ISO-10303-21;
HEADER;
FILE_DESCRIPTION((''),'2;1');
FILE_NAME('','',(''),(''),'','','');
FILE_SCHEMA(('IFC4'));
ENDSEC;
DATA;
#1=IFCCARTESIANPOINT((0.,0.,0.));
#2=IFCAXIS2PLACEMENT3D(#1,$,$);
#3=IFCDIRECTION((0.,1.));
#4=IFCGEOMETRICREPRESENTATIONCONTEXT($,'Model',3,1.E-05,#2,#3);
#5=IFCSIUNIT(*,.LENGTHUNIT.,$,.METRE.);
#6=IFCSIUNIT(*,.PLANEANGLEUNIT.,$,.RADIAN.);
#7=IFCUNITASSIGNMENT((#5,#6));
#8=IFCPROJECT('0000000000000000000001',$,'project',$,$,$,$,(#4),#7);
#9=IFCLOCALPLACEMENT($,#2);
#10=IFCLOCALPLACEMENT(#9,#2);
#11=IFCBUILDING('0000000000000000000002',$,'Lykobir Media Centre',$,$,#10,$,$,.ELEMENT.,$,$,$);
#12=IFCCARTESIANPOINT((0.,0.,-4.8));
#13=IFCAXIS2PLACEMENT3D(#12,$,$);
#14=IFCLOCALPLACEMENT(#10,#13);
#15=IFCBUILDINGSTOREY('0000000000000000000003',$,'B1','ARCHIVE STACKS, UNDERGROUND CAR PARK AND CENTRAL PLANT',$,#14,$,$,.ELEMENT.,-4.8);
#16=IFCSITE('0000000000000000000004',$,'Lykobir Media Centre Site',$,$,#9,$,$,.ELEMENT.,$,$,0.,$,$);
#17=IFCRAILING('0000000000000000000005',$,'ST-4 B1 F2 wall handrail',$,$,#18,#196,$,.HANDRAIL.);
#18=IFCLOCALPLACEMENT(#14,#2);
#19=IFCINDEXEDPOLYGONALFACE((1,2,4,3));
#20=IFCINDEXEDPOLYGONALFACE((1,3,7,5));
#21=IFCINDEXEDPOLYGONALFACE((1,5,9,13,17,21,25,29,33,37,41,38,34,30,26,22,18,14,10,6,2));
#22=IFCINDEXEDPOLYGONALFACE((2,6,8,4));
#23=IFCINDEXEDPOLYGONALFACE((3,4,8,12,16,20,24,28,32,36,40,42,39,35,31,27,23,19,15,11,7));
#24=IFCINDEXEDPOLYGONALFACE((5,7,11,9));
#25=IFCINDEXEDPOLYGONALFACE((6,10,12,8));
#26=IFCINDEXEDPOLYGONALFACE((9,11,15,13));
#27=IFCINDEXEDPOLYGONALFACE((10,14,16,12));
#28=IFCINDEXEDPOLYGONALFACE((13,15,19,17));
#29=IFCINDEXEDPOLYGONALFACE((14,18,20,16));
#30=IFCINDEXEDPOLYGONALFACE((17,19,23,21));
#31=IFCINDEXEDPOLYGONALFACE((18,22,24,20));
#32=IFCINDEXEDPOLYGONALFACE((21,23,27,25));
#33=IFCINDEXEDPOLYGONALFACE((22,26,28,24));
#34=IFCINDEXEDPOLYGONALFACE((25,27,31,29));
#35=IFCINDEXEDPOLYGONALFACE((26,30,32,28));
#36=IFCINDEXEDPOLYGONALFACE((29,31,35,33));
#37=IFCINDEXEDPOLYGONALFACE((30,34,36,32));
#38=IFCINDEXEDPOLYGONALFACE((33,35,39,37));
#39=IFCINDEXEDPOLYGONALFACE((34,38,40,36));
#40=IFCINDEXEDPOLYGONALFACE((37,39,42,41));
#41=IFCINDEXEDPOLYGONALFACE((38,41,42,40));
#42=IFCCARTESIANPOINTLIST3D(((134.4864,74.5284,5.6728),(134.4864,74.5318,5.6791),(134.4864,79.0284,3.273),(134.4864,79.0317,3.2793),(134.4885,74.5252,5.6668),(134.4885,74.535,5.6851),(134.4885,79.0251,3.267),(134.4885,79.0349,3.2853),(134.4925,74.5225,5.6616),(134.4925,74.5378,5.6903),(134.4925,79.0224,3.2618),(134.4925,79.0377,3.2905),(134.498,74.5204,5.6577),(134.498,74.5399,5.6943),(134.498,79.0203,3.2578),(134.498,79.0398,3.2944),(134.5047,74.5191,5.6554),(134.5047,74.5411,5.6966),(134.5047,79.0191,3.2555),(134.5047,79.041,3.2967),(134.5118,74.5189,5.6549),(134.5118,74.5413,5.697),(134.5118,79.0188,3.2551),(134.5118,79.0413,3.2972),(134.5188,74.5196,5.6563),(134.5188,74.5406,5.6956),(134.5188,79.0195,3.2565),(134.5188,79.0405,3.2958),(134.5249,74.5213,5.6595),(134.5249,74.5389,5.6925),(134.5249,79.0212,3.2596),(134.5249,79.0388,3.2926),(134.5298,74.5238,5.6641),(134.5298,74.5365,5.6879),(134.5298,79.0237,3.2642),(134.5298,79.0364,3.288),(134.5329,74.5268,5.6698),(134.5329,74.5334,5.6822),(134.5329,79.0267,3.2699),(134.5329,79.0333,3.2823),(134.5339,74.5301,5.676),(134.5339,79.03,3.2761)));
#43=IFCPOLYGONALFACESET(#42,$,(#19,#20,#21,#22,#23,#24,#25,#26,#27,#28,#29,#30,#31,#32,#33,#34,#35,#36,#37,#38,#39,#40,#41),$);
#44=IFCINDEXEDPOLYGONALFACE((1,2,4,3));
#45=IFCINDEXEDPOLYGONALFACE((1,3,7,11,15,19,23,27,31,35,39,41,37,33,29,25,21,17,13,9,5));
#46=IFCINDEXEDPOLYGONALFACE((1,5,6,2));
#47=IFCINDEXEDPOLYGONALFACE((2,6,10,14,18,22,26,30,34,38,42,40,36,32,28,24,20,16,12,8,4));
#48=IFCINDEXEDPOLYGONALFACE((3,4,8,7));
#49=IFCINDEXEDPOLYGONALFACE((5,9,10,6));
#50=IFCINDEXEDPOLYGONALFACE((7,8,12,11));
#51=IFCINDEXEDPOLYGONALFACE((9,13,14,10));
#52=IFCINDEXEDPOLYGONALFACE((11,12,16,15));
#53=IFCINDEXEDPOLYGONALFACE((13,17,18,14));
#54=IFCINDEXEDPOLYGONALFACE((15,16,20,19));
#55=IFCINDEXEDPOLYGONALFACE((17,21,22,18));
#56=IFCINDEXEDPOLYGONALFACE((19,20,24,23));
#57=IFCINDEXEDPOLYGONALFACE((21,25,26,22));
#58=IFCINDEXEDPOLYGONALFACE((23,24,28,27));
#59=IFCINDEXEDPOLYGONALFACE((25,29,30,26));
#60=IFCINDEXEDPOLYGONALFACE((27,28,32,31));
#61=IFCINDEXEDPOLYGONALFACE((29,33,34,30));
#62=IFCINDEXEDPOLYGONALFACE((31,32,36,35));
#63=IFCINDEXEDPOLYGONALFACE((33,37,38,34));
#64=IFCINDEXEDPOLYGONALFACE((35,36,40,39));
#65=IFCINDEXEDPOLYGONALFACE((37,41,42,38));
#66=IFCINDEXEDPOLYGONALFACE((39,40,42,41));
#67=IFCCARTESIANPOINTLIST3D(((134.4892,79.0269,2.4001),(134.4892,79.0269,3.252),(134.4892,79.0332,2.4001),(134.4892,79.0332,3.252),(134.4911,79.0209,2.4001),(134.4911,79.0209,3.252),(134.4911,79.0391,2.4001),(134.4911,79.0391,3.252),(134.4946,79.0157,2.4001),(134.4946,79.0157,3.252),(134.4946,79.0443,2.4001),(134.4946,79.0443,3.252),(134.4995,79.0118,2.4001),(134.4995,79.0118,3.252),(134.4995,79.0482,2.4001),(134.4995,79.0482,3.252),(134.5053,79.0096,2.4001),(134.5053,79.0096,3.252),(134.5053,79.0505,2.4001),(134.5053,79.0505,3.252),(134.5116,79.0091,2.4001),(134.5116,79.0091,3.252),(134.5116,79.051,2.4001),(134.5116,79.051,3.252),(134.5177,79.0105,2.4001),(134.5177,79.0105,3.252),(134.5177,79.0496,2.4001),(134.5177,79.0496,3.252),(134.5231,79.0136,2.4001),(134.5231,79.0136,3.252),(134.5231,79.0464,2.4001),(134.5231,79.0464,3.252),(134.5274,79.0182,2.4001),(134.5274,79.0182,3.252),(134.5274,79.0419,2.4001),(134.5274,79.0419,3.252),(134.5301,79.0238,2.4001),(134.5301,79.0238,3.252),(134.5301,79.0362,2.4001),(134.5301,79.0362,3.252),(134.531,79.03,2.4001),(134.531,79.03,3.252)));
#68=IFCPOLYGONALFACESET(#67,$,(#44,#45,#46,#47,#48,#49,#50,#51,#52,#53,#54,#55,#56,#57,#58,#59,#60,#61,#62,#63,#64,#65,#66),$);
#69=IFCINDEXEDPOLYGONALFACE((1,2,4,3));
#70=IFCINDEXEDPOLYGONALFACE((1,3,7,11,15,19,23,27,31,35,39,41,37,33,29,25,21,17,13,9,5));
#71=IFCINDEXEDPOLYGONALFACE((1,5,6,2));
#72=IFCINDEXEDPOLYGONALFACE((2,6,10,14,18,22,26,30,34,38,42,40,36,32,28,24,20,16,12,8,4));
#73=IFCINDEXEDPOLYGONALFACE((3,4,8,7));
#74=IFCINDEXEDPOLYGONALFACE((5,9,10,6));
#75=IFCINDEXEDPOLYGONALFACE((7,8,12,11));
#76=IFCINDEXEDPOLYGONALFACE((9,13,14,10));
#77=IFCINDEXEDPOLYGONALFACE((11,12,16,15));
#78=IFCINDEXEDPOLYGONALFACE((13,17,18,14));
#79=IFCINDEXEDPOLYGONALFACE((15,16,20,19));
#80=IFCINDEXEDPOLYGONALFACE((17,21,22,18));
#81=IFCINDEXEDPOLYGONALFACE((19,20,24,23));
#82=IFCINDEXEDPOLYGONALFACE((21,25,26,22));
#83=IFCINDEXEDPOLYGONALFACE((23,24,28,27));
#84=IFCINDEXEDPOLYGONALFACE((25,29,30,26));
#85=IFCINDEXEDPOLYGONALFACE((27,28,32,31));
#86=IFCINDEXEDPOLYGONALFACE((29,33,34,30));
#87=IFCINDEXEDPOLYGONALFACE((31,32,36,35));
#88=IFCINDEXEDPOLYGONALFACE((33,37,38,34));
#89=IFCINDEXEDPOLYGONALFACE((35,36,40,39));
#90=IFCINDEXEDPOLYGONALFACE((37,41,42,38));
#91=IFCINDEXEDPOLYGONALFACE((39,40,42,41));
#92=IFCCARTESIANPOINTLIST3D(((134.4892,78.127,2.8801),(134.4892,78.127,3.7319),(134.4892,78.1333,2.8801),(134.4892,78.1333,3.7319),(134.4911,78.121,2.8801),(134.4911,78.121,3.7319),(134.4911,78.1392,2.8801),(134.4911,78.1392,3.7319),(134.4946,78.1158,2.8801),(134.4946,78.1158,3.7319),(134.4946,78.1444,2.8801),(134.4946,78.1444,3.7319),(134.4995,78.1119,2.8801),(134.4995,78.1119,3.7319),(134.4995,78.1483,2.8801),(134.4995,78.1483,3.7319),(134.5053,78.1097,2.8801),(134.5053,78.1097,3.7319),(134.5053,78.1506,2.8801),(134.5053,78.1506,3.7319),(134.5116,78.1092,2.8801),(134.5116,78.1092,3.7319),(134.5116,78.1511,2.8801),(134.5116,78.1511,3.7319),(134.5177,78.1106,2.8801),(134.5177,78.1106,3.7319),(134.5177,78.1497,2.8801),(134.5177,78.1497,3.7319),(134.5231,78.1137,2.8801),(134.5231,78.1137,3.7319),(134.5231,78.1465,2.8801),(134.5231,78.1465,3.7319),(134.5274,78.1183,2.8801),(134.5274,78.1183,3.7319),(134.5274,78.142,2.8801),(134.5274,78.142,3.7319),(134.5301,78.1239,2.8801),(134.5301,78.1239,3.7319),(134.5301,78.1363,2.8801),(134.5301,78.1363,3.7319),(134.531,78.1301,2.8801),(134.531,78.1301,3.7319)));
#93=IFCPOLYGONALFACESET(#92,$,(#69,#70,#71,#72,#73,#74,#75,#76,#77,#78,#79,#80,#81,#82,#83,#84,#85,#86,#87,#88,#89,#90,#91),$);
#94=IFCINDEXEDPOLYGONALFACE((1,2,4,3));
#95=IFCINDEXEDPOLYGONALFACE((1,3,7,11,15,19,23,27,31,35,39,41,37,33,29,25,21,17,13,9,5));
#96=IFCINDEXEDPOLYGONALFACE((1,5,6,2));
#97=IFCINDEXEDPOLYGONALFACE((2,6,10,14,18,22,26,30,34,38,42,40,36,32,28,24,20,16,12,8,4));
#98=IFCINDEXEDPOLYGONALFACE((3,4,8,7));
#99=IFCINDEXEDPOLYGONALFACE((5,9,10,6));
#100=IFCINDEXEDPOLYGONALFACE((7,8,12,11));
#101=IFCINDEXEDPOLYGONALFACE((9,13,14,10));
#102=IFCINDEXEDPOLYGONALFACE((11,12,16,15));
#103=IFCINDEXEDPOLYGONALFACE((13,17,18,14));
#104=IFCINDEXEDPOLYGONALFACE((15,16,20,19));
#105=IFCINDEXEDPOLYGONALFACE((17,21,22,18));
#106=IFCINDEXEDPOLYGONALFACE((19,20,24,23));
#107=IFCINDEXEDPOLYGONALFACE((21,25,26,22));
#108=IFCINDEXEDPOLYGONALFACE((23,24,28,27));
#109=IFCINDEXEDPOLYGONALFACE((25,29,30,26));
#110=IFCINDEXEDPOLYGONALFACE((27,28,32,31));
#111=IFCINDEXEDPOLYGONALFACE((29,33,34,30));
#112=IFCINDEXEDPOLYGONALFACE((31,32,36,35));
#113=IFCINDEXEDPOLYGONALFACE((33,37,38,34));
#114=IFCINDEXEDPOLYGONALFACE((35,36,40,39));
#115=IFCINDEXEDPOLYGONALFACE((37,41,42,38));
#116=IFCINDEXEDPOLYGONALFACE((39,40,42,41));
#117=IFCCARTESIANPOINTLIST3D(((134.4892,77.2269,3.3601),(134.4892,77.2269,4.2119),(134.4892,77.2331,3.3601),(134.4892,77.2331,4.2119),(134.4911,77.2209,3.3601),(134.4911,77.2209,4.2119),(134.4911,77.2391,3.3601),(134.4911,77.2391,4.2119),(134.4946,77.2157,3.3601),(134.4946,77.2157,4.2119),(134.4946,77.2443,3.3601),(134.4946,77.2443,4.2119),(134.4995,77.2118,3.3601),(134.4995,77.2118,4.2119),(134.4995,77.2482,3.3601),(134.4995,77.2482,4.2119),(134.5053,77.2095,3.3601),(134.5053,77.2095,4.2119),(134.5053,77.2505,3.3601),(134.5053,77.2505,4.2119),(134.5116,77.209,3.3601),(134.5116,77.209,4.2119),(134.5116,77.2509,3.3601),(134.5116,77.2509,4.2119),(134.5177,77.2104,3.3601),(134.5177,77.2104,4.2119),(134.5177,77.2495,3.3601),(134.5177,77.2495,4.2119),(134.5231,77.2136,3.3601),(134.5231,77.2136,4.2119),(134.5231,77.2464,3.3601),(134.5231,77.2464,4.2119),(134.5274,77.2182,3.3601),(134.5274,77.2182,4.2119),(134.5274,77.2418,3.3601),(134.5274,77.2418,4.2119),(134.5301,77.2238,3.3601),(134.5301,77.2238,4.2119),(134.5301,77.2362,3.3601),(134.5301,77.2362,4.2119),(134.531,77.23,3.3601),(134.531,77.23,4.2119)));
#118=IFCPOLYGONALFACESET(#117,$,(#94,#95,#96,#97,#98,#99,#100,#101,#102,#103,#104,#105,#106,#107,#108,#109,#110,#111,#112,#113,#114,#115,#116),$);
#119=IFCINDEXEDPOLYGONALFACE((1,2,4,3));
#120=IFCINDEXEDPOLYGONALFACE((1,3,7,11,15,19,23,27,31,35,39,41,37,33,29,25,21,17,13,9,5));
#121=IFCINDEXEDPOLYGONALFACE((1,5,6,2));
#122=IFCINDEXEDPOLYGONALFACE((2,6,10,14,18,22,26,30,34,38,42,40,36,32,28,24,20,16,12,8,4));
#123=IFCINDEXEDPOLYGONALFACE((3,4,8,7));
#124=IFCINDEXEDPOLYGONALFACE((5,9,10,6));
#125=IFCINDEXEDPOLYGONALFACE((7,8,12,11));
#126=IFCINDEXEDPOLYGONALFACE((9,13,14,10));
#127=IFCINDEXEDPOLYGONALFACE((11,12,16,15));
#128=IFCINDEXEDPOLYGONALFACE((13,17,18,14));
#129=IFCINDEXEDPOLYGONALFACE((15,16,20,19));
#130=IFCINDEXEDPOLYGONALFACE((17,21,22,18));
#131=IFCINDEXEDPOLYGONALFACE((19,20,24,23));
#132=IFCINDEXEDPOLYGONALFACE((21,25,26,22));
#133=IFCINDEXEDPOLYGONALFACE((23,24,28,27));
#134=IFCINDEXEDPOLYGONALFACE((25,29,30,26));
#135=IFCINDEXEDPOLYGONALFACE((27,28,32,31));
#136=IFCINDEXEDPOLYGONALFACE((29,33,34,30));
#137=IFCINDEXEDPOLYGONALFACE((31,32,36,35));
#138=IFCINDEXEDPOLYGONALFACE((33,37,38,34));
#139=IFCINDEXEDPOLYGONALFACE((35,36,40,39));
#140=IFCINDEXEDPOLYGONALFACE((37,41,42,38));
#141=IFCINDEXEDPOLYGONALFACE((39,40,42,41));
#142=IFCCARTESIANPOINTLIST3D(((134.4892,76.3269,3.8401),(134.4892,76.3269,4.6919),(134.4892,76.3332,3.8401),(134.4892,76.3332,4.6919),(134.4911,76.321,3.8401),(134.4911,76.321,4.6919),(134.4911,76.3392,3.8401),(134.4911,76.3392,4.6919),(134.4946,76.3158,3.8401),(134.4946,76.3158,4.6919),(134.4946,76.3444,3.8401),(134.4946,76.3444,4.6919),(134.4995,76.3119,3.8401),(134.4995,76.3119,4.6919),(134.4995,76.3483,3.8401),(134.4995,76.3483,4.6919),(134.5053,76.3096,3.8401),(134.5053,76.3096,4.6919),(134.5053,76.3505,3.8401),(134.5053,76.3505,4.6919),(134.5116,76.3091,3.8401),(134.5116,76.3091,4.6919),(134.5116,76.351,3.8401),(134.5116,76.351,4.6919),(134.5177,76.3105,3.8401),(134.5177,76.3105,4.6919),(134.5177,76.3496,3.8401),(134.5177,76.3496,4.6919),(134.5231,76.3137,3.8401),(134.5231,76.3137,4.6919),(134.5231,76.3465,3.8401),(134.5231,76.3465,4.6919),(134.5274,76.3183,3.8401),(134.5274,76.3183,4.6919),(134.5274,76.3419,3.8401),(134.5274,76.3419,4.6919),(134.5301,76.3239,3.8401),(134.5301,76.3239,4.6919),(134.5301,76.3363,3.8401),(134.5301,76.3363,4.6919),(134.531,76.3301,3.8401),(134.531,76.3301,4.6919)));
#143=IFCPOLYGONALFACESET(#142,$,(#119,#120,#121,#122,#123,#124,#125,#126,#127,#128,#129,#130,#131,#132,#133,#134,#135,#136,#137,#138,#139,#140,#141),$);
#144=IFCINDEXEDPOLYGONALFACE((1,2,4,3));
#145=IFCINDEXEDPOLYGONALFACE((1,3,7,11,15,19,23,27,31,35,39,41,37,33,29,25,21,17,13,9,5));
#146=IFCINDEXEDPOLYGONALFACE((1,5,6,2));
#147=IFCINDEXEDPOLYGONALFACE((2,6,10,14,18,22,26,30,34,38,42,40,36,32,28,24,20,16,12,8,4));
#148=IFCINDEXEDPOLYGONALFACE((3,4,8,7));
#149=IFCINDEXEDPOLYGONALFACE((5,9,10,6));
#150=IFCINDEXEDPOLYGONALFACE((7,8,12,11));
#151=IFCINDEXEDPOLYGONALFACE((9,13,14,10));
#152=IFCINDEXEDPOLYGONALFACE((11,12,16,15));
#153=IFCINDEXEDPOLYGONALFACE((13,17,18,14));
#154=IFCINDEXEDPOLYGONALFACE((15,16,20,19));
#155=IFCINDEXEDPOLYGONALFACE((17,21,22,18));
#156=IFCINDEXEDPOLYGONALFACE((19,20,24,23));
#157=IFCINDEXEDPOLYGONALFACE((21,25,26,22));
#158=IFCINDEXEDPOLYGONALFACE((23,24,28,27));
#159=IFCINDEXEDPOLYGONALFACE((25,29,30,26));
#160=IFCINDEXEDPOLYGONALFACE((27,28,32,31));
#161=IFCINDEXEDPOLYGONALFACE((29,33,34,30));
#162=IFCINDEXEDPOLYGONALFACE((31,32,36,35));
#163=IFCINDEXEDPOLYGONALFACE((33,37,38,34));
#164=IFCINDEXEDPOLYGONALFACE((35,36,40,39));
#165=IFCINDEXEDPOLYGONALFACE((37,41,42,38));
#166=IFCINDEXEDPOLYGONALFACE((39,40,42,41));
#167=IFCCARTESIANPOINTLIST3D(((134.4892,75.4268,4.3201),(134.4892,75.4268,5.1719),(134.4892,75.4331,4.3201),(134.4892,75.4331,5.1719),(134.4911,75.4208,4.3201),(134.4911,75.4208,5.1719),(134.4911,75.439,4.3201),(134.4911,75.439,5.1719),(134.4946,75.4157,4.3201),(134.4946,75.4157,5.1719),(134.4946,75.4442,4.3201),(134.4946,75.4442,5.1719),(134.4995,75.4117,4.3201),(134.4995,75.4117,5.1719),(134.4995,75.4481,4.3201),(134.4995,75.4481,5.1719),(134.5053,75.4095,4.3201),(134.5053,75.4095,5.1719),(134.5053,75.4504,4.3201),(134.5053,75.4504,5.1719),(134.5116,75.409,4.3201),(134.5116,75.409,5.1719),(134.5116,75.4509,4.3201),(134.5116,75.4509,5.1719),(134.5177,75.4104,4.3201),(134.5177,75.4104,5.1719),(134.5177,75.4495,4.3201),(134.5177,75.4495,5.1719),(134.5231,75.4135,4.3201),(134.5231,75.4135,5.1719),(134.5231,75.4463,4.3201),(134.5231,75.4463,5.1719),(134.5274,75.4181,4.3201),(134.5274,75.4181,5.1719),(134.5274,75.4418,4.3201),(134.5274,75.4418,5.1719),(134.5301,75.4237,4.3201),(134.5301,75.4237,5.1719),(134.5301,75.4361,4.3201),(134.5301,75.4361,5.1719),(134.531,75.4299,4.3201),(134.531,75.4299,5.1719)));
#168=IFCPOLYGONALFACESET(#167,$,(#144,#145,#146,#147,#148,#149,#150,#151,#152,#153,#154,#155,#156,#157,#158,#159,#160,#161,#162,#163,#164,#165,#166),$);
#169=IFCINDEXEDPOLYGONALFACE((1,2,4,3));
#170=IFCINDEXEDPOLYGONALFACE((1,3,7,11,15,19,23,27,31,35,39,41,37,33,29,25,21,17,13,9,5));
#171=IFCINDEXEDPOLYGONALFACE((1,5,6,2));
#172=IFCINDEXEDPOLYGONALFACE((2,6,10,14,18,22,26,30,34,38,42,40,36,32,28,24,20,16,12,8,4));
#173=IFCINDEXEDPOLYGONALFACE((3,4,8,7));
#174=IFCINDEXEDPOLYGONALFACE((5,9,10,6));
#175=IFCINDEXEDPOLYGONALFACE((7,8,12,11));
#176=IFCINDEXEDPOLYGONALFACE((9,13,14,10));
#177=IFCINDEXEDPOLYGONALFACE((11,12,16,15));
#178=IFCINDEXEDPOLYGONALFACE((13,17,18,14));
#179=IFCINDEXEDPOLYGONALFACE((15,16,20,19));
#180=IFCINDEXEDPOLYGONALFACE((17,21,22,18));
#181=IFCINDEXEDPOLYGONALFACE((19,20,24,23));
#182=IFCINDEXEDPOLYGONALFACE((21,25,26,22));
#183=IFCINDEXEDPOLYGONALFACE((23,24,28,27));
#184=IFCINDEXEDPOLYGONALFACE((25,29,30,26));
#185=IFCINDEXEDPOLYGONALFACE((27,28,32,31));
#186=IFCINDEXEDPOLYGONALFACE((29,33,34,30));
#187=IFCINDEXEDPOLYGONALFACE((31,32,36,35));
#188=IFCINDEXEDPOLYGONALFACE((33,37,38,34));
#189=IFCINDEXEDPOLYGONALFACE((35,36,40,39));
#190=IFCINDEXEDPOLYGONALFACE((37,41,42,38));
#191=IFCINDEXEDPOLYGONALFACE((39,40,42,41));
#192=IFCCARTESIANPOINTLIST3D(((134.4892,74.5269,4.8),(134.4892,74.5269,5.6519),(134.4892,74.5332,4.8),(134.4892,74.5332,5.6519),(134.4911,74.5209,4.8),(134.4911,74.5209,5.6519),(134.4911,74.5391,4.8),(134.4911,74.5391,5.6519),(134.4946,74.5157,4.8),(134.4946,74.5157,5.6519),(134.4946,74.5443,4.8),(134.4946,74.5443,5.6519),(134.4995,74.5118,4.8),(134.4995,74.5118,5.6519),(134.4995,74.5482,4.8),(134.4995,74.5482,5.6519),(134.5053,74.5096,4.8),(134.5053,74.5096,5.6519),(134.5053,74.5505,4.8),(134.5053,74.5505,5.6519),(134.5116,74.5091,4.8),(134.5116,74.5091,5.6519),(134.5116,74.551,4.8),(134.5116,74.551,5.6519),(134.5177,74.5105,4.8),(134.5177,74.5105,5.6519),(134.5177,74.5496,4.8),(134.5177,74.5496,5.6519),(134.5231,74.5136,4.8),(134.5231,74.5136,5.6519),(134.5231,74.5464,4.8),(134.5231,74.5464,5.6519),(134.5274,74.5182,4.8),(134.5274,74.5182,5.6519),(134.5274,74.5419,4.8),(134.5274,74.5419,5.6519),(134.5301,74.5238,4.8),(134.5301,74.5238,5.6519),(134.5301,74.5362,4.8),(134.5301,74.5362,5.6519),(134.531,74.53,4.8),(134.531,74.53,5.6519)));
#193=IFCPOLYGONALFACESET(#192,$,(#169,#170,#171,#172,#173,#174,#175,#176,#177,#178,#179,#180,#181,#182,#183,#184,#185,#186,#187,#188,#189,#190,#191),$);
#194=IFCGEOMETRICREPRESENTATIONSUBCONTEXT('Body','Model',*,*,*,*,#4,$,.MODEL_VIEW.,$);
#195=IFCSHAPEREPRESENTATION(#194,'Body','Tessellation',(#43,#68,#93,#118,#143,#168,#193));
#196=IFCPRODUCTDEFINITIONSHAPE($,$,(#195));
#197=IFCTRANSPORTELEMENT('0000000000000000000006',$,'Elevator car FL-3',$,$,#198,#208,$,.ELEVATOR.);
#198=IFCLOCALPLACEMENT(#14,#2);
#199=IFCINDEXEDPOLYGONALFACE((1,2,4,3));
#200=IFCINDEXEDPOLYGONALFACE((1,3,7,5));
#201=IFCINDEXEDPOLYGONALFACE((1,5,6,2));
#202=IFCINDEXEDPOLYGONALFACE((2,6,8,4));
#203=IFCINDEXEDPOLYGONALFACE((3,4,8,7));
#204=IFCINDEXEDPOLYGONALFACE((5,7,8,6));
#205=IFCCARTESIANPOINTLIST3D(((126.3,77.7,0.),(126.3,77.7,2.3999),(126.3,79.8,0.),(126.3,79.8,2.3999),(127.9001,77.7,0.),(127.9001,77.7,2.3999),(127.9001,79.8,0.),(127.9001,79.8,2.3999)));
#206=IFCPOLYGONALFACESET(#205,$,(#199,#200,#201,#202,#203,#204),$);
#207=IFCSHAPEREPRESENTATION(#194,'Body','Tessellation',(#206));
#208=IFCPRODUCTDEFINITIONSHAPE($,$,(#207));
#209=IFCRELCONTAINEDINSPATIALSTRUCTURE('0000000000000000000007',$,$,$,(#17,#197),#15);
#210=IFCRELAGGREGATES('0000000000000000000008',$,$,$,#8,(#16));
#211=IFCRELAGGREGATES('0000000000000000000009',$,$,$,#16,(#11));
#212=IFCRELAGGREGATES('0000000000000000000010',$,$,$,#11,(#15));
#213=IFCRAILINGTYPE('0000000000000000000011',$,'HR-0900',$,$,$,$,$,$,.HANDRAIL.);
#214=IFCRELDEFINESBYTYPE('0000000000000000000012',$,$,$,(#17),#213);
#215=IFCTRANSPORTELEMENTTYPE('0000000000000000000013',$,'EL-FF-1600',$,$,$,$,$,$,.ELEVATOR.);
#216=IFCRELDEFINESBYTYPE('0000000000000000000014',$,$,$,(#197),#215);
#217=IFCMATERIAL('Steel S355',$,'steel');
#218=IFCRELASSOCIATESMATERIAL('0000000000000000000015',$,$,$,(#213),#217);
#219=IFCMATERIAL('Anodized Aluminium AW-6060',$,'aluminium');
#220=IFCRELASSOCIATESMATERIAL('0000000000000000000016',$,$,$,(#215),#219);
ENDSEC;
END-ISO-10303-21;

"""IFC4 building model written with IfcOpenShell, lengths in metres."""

from ifc_helpers import new_model, si_unit, direction, frame, origin, origin_2d, place, context, subcontext, project, spatial, rectangle, circle, extrude, material, type_object, element, save


model = new_model("IFC4")

# Units and contexts
model_context = context("Model", 3, precision=1e-05, world=origin(), true_north=direction((0.0, 1.0)))
body_context = subcontext(model_context, "Body", "Model", "MODEL_VIEW")
ifc_project = project(units=[si_unit("LENGTHUNIT", "METRE"), si_unit("PLANEANGLEUNIT", "RADIAN")], contexts=[model_context])

# Site, building, storey
site_placement = place(None, origin())
site = spatial("IfcSite", under=ifc_project, at=site_placement, Name="Lykobir Media Centre Site", CompositionType="ELEMENT", RefElevation=0.0)
building_placement = place(site_placement, origin())
building = spatial("IfcBuilding", under=site, at=building_placement, Name="Lykobir Media Centre", CompositionType="ELEMENT")
storey_placement = place(building_placement, frame((0.0, 0.0, -4.8)))
storey = spatial("IfcBuildingStorey", under=building, at=storey_placement, Name="B1", Description="ARCHIVE STACKS, UNDERGROUND CAR PARK AND CENTRAL PLANT", CompositionType="ELEMENT", Elevation=-4.8)

# Shared definitions
ifc_material_1 = material(Name="Steel S355", Category="steel")

# Railing
railing_type_1 = type_object("IfcRailingType", Name="HR-0900", PredefinedType="HANDRAIL", material=ifc_material_1)
railing_1_placement = place(storey_placement, frame((134.51, 79.03, 2.4001)))
element("IfcRailing", 1, at=railing_1_placement, inside=storey, type_object=railing_type_1, Name="ST-4 B1 F2 wall handrail", PredefinedType="HANDRAIL", context=body_context, shape_type="SweptSolid", body=[
    extrude(circle(Radius=0.0239, at=origin_2d()), frame((0.0, 0.0, 0.876), z_axis=(0.0, -0.882361, 0.470573), x_axis=(1.0, 0.0, 0.0)), (0.0, 0.0, 1.0), 5.0999),
    extrude(circle(Radius=0.021, at=origin_2d()), origin(), (0.0, 0.0, 1.0), 0.8518),
    extrude(circle(Radius=0.021, at=origin_2d()), frame((0.0, -0.8999, 0.48)), (0.0, 0.0, 1.0), 0.8518),
    extrude(circle(Radius=0.021, at=origin_2d()), frame((0.0, -1.8, 0.96)), (0.0, 0.0, 1.0), 0.8518),
    extrude(circle(Radius=0.021, at=origin_2d()), frame((0.0, -2.7, 1.4399)), (0.0, 0.0, 1.0), 0.8518),
    extrude(circle(Radius=0.021, at=origin_2d()), frame((0.0, -3.6001, 1.9199)), (0.0, 0.0, 1.0), 0.8518),
    extrude(circle(Radius=0.021, at=origin_2d()), frame((0.0, -4.5, 2.3999)), (0.0, 0.0, 1.0), 0.8518),
])

# Transport element
ifc_material_2 = material(Name="Anodized Aluminium AW-6060", Category="aluminium")
transport_element_type_1 = type_object("IfcTransportElementType", Name="EL-FF-1600", PredefinedType="ELEVATOR", material=ifc_material_2)
transport_element_1_placement = place(storey_placement, frame((127.1001, 78.75, 0.0), z_axis=(0.0, 0.0, 1.0), x_axis=(1.0, 0.0, 0.0)))
element("IfcTransportElement", 2, at=transport_element_1_placement, inside=storey, type_object=transport_element_type_1, Name="Elevator car FL-3", PredefinedType="ELEVATOR", context=body_context, shape_type="SweptSolid", body=[
    extrude(rectangle(XDim=1.6001, YDim=2.1001, at=origin_2d()), origin(), (0.0, 0.0, 1.0), 2.3999),
])

save(model, "model.ifc")
